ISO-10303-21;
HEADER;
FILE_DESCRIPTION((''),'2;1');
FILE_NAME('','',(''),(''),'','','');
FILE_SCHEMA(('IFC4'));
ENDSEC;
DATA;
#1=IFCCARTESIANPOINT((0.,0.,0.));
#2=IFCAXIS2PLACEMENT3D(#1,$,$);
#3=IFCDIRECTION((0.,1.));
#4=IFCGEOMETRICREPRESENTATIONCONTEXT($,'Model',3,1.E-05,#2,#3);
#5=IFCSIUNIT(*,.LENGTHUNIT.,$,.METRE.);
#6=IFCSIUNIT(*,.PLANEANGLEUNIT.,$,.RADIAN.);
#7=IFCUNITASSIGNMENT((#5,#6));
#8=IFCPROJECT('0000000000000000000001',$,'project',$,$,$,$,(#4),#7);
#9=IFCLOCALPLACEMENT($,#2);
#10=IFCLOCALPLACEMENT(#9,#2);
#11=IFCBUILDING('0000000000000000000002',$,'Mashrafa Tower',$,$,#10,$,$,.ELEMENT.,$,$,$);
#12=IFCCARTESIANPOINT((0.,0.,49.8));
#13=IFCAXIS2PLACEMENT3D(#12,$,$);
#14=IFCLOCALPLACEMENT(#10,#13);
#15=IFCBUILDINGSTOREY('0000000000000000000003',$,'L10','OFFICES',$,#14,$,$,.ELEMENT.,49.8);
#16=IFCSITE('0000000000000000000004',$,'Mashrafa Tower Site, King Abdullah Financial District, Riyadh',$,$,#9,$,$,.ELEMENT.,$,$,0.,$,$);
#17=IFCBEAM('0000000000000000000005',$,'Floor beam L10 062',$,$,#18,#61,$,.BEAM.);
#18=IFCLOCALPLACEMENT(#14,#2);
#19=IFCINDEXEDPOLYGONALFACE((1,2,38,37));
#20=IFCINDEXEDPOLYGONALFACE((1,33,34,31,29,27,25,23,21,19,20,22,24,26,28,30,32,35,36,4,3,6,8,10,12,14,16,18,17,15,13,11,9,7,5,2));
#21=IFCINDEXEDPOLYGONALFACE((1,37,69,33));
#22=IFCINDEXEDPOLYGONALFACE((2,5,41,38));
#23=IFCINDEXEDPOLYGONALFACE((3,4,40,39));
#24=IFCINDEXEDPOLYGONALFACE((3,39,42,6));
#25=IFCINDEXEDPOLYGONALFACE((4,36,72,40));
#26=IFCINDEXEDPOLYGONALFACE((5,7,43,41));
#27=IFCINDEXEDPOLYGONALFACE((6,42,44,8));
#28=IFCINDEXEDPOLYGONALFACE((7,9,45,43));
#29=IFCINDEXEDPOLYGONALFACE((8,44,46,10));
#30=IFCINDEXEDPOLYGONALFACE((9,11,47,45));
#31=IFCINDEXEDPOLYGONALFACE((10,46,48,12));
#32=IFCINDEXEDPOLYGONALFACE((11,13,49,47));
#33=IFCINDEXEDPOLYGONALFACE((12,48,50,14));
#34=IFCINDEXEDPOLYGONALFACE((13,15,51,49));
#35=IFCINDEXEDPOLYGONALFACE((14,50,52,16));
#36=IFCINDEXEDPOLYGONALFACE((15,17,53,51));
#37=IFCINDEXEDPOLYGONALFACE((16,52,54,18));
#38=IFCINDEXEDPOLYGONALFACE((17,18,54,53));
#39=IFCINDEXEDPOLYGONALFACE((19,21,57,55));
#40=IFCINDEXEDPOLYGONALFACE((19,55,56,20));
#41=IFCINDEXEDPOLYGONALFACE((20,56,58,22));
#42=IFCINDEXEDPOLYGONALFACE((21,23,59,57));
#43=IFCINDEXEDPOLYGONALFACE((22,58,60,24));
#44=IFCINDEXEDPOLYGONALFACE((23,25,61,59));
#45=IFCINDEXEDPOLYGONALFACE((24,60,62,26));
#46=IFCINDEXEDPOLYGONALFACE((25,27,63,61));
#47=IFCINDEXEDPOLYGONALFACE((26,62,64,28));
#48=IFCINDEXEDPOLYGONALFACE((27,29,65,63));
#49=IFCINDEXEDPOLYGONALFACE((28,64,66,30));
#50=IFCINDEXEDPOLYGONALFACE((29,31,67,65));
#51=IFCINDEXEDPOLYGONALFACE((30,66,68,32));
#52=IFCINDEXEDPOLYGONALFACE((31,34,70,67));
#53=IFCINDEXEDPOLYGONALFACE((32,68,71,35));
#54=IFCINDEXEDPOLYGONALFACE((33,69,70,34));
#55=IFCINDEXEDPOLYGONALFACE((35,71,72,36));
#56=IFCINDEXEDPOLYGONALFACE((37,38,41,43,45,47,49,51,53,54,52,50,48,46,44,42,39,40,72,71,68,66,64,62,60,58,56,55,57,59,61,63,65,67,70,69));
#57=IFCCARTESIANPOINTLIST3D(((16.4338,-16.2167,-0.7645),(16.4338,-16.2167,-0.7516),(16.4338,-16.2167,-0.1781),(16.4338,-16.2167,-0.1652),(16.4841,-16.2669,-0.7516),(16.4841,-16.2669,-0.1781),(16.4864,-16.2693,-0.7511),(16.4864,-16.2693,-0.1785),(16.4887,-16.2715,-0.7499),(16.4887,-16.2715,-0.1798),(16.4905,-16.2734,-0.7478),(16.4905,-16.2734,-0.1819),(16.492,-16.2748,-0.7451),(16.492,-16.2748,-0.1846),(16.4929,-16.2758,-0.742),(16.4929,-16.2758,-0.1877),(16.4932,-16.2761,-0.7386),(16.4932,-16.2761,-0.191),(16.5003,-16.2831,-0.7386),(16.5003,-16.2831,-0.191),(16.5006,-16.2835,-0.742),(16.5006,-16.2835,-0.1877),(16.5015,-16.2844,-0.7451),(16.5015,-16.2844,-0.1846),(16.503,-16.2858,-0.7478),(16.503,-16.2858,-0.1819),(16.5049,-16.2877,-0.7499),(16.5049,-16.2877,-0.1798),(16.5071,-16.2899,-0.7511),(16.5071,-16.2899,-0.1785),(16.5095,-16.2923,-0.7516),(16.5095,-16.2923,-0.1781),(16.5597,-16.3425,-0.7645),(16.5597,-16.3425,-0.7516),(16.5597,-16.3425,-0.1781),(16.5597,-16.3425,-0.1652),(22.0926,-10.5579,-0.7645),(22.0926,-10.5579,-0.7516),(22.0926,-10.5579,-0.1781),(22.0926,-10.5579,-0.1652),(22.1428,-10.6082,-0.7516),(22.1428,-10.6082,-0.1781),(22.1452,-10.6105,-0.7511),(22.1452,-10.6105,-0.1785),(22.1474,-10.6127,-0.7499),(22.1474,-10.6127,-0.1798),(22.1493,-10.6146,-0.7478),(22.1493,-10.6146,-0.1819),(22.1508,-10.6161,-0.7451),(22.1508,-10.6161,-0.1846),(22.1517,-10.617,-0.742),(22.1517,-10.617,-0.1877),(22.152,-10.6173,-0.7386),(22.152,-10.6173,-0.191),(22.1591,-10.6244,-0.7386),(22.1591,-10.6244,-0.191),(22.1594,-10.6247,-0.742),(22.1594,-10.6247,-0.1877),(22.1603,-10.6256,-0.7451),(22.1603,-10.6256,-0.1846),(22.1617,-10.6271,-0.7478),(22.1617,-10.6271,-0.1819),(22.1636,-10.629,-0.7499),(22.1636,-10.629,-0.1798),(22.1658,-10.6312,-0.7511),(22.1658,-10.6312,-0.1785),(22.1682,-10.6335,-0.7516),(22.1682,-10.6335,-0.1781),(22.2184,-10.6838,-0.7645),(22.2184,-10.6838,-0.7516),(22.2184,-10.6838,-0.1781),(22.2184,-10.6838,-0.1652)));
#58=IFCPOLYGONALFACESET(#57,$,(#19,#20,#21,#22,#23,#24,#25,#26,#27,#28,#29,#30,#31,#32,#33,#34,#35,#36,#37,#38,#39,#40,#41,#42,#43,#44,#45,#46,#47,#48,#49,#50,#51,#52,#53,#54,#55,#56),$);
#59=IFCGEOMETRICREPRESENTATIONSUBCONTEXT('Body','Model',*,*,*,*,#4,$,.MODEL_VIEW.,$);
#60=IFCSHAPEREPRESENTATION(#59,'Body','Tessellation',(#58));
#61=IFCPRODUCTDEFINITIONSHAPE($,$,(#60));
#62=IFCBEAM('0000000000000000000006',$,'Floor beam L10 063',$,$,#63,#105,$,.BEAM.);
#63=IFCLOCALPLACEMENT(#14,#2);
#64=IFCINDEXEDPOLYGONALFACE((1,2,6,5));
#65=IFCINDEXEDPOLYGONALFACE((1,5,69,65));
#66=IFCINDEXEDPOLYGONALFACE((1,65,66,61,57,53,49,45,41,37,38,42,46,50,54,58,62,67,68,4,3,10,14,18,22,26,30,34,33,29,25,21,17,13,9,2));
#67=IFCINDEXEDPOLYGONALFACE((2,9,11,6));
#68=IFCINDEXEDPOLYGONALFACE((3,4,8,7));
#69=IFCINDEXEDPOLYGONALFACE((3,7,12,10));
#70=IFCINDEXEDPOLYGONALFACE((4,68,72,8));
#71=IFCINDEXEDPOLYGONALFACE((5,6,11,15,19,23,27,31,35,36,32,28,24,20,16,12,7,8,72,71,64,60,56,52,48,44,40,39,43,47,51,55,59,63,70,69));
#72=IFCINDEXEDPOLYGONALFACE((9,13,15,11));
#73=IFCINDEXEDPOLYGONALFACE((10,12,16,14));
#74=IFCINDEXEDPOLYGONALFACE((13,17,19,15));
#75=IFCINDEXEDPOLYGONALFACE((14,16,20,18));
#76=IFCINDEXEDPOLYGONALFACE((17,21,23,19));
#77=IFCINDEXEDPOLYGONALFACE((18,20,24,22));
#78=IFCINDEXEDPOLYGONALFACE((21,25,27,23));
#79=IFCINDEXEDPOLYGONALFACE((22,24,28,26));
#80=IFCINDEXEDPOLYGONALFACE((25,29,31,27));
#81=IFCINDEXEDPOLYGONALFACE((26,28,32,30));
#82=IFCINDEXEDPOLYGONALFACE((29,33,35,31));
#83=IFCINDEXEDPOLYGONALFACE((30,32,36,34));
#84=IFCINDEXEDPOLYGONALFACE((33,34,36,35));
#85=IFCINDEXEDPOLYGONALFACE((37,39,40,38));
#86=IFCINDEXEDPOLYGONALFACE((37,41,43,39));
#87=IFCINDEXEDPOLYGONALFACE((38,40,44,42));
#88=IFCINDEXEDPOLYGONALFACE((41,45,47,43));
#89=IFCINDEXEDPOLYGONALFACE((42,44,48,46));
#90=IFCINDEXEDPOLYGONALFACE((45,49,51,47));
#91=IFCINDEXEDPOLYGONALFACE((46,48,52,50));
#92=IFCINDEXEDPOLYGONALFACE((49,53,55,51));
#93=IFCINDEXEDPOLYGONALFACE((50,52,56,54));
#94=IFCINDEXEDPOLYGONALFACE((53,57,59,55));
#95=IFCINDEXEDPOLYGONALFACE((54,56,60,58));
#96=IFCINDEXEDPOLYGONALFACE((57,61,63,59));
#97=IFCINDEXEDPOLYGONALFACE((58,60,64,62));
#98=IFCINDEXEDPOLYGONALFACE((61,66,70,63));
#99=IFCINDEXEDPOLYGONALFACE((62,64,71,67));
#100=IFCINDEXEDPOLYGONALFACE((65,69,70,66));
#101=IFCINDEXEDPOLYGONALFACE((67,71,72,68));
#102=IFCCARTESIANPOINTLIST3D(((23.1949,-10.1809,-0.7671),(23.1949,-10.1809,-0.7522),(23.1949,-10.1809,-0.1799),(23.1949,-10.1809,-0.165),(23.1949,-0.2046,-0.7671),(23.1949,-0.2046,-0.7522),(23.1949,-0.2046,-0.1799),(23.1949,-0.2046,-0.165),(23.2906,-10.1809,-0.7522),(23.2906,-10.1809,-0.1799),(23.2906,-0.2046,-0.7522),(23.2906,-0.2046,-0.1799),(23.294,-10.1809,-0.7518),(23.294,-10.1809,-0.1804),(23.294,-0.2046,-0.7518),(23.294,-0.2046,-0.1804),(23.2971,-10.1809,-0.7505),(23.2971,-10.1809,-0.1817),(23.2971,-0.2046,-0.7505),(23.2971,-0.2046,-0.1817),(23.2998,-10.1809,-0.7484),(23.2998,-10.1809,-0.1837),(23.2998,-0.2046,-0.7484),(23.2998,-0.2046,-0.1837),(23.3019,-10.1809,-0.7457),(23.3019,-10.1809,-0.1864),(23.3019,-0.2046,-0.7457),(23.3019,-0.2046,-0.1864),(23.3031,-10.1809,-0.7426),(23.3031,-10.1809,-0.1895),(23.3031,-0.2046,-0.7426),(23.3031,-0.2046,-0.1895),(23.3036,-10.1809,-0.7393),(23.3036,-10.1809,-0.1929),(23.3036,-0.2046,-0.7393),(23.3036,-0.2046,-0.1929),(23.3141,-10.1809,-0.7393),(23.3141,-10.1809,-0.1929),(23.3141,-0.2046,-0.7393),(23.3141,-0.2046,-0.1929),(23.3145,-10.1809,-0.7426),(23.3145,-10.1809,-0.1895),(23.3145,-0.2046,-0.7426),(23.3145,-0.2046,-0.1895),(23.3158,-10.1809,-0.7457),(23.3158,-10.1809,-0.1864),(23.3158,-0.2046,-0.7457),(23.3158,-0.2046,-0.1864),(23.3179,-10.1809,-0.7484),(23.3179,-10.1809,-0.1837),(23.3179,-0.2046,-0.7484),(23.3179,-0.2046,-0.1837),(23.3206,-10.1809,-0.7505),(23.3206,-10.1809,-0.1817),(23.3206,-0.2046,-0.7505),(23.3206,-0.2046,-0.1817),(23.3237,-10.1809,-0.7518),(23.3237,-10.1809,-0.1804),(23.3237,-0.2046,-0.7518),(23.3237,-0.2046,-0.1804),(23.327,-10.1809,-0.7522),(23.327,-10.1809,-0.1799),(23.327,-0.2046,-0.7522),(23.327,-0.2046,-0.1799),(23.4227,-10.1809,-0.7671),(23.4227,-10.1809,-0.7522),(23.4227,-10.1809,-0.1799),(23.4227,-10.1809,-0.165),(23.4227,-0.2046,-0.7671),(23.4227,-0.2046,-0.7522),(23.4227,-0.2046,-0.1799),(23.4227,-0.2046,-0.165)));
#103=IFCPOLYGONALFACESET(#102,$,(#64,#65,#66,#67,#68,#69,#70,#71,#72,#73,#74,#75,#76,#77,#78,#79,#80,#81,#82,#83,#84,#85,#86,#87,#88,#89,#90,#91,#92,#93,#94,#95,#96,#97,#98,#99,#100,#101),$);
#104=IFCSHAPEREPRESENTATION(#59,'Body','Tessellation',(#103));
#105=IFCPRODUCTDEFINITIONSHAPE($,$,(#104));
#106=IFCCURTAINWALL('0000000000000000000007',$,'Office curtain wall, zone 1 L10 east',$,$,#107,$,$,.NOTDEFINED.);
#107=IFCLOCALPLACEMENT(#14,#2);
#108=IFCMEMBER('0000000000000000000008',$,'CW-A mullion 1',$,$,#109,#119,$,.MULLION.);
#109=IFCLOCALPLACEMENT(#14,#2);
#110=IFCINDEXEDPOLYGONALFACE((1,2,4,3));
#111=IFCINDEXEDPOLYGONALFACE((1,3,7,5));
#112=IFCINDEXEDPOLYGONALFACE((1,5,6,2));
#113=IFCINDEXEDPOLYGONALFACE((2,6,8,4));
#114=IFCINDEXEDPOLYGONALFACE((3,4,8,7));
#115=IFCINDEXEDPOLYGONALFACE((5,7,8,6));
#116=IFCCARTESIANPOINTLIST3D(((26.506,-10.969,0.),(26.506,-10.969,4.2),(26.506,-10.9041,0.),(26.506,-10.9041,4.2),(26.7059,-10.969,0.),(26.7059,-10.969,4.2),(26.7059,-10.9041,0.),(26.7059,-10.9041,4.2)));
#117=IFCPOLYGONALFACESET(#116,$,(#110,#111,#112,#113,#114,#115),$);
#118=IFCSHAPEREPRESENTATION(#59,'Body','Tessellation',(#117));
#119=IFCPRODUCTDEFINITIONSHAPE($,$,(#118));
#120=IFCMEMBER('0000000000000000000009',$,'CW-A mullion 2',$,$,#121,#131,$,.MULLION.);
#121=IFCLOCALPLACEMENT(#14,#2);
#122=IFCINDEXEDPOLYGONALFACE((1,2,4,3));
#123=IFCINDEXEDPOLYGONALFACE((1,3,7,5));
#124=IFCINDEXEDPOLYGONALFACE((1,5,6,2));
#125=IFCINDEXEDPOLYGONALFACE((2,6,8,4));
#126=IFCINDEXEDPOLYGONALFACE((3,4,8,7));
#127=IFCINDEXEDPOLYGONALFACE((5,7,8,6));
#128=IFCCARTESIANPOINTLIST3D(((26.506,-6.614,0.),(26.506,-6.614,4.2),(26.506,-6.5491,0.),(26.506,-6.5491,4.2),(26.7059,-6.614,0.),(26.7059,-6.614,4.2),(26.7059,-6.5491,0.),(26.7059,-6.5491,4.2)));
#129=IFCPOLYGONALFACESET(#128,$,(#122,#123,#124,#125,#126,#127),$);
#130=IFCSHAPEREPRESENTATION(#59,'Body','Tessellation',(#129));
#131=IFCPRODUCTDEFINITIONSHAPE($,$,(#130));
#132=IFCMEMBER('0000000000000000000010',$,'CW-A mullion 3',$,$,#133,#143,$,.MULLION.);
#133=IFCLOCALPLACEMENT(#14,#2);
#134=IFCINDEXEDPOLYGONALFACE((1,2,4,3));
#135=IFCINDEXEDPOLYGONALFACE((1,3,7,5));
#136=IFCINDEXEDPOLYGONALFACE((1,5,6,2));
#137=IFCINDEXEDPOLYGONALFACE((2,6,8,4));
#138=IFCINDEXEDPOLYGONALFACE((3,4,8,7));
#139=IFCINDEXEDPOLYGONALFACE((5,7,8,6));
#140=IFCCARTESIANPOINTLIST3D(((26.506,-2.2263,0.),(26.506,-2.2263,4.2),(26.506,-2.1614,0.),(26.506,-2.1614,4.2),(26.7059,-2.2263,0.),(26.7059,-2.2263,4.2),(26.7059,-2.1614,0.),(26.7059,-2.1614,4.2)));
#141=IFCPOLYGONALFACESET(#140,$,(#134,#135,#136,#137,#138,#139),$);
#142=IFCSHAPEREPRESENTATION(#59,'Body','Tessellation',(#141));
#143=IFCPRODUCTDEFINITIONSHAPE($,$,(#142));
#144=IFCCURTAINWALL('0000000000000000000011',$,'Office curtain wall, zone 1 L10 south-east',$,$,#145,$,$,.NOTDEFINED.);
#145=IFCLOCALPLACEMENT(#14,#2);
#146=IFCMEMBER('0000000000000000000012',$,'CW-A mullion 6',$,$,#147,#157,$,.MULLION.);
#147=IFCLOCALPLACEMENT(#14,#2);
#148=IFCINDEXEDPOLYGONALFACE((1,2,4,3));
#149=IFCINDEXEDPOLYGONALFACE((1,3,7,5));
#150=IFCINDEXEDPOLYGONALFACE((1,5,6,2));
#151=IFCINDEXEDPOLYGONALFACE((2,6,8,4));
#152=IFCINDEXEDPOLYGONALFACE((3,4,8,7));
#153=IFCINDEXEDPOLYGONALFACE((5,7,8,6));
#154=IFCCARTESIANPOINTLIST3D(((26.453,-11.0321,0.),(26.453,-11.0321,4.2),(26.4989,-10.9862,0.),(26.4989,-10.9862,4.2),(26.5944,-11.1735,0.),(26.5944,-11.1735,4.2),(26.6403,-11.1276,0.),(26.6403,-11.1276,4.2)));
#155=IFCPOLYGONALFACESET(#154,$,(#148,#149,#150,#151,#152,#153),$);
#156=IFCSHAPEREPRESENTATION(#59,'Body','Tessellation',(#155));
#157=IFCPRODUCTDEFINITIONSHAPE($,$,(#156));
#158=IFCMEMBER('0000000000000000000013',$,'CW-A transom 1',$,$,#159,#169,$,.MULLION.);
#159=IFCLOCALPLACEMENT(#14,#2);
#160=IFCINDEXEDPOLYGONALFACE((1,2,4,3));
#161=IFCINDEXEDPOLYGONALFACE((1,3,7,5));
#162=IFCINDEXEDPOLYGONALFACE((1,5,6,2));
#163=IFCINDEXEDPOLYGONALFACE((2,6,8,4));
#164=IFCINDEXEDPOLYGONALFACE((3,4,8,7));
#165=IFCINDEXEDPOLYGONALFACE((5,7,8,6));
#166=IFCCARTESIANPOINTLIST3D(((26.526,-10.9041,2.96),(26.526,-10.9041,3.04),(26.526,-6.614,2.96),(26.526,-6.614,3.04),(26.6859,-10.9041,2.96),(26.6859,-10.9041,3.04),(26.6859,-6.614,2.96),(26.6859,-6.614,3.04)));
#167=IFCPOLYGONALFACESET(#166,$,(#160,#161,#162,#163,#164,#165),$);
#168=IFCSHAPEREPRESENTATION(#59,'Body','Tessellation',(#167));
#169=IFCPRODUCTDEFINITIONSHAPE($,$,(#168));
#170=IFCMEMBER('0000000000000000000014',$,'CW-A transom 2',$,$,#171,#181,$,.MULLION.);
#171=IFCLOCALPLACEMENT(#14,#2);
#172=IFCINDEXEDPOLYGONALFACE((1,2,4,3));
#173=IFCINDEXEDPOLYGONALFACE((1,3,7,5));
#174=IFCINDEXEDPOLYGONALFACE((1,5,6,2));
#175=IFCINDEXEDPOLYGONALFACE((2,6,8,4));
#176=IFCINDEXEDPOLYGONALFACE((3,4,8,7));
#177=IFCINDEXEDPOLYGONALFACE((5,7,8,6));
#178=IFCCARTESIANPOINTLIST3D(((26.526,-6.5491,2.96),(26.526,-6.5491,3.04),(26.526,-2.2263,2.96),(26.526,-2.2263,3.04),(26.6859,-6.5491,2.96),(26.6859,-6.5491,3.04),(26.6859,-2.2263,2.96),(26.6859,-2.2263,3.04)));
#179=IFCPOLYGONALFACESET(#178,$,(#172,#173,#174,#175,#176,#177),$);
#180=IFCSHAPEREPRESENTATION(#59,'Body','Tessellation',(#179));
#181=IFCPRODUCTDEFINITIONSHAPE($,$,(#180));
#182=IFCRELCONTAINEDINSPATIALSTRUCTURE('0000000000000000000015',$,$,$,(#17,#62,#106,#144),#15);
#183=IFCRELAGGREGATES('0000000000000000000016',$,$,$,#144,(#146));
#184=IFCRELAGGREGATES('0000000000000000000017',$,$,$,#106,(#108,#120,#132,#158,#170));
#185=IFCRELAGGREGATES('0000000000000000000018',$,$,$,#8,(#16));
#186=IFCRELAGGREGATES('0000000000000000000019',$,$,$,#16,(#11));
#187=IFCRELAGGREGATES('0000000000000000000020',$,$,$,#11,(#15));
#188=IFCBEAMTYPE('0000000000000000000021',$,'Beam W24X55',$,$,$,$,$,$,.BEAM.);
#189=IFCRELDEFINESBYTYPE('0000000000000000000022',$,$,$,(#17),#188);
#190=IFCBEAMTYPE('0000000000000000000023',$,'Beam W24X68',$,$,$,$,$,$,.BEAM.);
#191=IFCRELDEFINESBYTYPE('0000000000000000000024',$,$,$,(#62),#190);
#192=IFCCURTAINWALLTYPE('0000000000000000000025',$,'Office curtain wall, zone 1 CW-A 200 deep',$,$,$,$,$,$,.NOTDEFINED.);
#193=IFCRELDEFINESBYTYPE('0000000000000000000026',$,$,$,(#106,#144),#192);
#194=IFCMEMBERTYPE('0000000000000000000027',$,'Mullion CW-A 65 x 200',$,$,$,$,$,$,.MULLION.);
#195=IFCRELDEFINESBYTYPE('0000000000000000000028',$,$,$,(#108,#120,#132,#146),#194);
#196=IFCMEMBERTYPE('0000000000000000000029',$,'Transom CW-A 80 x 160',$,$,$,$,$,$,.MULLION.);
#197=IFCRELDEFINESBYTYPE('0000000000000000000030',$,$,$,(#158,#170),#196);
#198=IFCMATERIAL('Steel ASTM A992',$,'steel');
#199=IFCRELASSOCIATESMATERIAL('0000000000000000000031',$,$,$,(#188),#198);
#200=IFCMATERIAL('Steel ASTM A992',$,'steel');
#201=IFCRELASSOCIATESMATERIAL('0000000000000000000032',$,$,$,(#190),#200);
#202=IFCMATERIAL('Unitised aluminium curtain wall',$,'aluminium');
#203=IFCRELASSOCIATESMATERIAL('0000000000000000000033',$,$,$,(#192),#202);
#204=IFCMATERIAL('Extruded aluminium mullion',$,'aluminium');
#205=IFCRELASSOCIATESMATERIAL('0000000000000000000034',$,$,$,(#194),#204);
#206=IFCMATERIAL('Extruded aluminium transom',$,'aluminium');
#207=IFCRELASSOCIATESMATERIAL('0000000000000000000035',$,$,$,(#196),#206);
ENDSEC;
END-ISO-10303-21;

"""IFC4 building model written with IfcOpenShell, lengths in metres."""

from ifc_helpers import new_model, si_unit, direction, frame, origin, origin_2d, place, context, subcontext, project, spatial, rectangle, i_section, extrude, source, transform, mapped, material, material_profile, profile_set, type_object, type_shapes, element, aggregate, save


model = new_model("IFC4")

# Units and contexts
model_context = context("Model", 3, precision=1e-05, world=origin(), true_north=direction((0.0, 1.0)))
body_context = subcontext(model_context, "Body", "Model", "MODEL_VIEW")
ifc_project = project(units=[si_unit("LENGTHUNIT", "METRE"), si_unit("PLANEANGLEUNIT", "RADIAN")], contexts=[model_context])

# Site, building, storey
site_placement = place(None, origin())
site = spatial("IfcSite", under=ifc_project, at=site_placement, Name="Mashrafa Tower Site, King Abdullah Financial District, Riyadh", CompositionType="ELEMENT", RefElevation=0.0)
building_placement = place(site_placement, origin())
building = spatial("IfcBuilding", under=site, at=building_placement, Name="Mashrafa Tower", CompositionType="ELEMENT")
storey_placement = place(building_placement, frame((0.0, 0.0, 49.8)))
storey = spatial("IfcBuildingStorey", under=building, at=storey_placement, Name="L10", Description="OFFICES", CompositionType="ELEMENT", Elevation=49.8)

# Beams
ifc_material_1 = material(Name="Steel ASTM A992", Category="steel")
ifc_material_profile_1 = material_profile(ifc_material_1, i_section(OverallWidth=0.178, OverallDepth=0.5994, WebThickness=0.01, FlangeThickness=0.0129, FilletRadius=0.0129, at=origin_2d()), Name="W24X55")
ifc_profile_set_1 = profile_set([ifc_material_profile_1], Name="Steel ASTM A992")
beam_type_1 = type_object("IfcBeamType", Name="Beam W24X55", PredefinedType="BEAM", material=ifc_profile_set_1)
beam_1_placement = place(storey_placement, frame((22.1555, -10.6208, -0.4648), z_axis=(-0.707107, -0.707107, 0.0), x_axis=(0.707107, -0.707107, 0.0)))
element("IfcBeam", 1, at=beam_1_placement, inside=storey, type_object=beam_type_1, Name="Floor beam L10 062", PredefinedType="BEAM", context=body_context, shape_type="SweptSolid", body=[
    extrude(i_section(OverallWidth=0.178, OverallDepth=0.5994, WebThickness=0.01, FlangeThickness=0.0129, FilletRadius=0.0129, at=origin_2d()), origin(), (0.0, 0.0, 1.0), 8.0027),
])
ifc_material_2 = material(Name="Steel ASTM A992", Category="steel")
ifc_material_profile_2 = material_profile(ifc_material_2, i_section(OverallWidth=0.2278, OverallDepth=0.6021, WebThickness=0.0105, FlangeThickness=0.0149, FilletRadius=0.0129, at=origin_2d()), Name="W24X68")
ifc_profile_set_2 = profile_set([ifc_material_profile_2], Name="Steel ASTM A992")
beam_type_2 = type_object("IfcBeamType", Name="Beam W24X68", PredefinedType="BEAM", material=ifc_profile_set_2)
beam_2_placement = place(storey_placement, frame((23.3088, -0.2046, -0.4661), z_axis=(0.0, -1.0, 0.0), x_axis=(1.0, 0.0, 0.0)))
element("IfcBeam", 2, at=beam_2_placement, inside=storey, type_object=beam_type_2, Name="Floor beam L10 063", PredefinedType="BEAM", context=body_context, shape_type="SweptSolid", body=[
    extrude(i_section(OverallWidth=0.2278, OverallDepth=0.6021, WebThickness=0.0105, FlangeThickness=0.0149, FilletRadius=0.0129, at=origin_2d()), origin(), (0.0, 0.0, 1.0), 9.9763),
])

# Curtain wall, members
ifc_material_3 = material(Name="Unitised aluminium curtain wall", Category="aluminium")
curtain_wall_type = type_object("IfcCurtainWallType", Name="Office curtain wall, zone 1 CW-A 200 deep", PredefinedType="NOTDEFINED", material=ifc_material_3)
curtain_wall_1_placement = place(storey_placement, origin())
curtain_wall_1 = element("IfcCurtainWall", 3, at=curtain_wall_1_placement, inside=storey, type_object=curtain_wall_type, Name="Office curtain wall, zone 1 L10 east", PredefinedType="NOTDEFINED")
ifc_material_4 = material(Name="Extruded aluminium mullion", Category="aluminium")
ifc_material_profile_3 = material_profile(ifc_material_4, rectangle(XDim=0.2, YDim=0.0649, at=origin_2d()), Name="Mullion 65x200")
ifc_profile_set_3 = profile_set([ifc_material_profile_3], Name="Extruded aluminium mullion")
member_type_1 = type_object("IfcMemberType", Name="Mullion CW-A 65 x 200", PredefinedType="MULLION", material=ifc_profile_set_3)
shared_shape_1 = source(origin(), body_context, "Body", "SweptSolid", [
    extrude(rectangle(XDim=0.2, YDim=0.0649, at=origin_2d()), origin(), (0.0, 0.0, 1.0), 4.2),
])
type_shapes(member_type_1, [shared_shape_1])
member_1_placement = place(storey_placement, frame((26.606, -10.9365, 0.0), z_axis=(0.0, 0.0, 1.0), x_axis=(-1.0, 0.0, 0.0)))
member_1 = element("IfcMember", 4, at=member_1_placement, type_object=member_type_1, Name="CW-A mullion 1", PredefinedType="MULLION", context=body_context, shape_type="MappedRepresentation", body=[
    mapped(shared_shape_1, transform((0.0, 0.0, 0.0))),
])
member_2_placement = place(storey_placement, frame((26.606, -6.5815, 0.0), z_axis=(0.0, 0.0, 1.0), x_axis=(-1.0, 0.0, 0.0)))
member_2 = element("IfcMember", 5, at=member_2_placement, type_object=member_type_1, Name="CW-A mullion 2", PredefinedType="MULLION", context=body_context, shape_type="MappedRepresentation", body=[
    mapped(shared_shape_1, transform((0.0, 0.0, 0.0))),
])
member_3_placement = place(storey_placement, frame((26.606, -2.1938, 0.0), z_axis=(0.0, 0.0, 1.0), x_axis=(-1.0, 0.0, 0.0)))
member_3 = element("IfcMember", 6, at=member_3_placement, type_object=member_type_1, Name="CW-A mullion 3", PredefinedType="MULLION", context=body_context, shape_type="MappedRepresentation", body=[
    mapped(shared_shape_1, transform((0.0, 0.0, 0.0))),
])

# Curtain wall, member
curtain_wall_2_placement = place(storey_placement, origin())
curtain_wall_2 = element("IfcCurtainWall", 7, at=curtain_wall_2_placement, inside=storey, type_object=curtain_wall_type, Name="Office curtain wall, zone 1 L10 south-east", PredefinedType="NOTDEFINED")
member_4_placement = place(storey_placement, frame((26.5466, -11.0798, 0.0), z_axis=(0.0, 0.0, 1.0), x_axis=(-0.707107, 0.707107, 0.0)))
member_4 = element("IfcMember", 8, at=member_4_placement, type_object=member_type_1, Name="CW-A mullion 6", PredefinedType="MULLION", context=body_context, shape_type="MappedRepresentation", body=[
    mapped(shared_shape_1, transform((0.0, 0.0, 0.0))),
])
aggregate(curtain_wall_2, [member_4])

# Members
ifc_material_5 = material(Name="Extruded aluminium transom", Category="aluminium")
ifc_material_profile_4 = material_profile(ifc_material_5, rectangle(XDim=0.1599, YDim=0.0801, at=origin_2d()), Name="Transom 80x160")
ifc_profile_set_4 = profile_set([ifc_material_profile_4], Name="Extruded aluminium transom")
member_type_2 = type_object("IfcMemberType", Name="Transom CW-A 80 x 160", PredefinedType="MULLION", material=ifc_profile_set_4)
shared_shape_2 = source(origin(), body_context, "Body", "SweptSolid", [
    extrude(rectangle(XDim=0.1599, YDim=0.0801, at=origin_2d()), origin(), (0.0, 0.0, 1.0), 4.29),
])
member_5_placement = place(storey_placement, frame((26.606, -10.9041, 3.0), z_axis=(0.0, 1.0, 0.0), x_axis=(-1.0, 0.0, 0.0)))
member_5 = element("IfcMember", 9, at=member_5_placement, type_object=member_type_2, Name="CW-A transom 1", PredefinedType="MULLION", context=body_context, shape_type="MappedRepresentation", body=[
    mapped(shared_shape_2, transform((0.0, 0.0, 0.0))),
])
shared_shape_3 = source(origin(), body_context, "Body", "SweptSolid", [
    extrude(rectangle(XDim=0.1599, YDim=0.0801, at=origin_2d()), origin(), (0.0, 0.0, 1.0), 4.3228),
])
type_shapes(member_type_2, [shared_shape_2, shared_shape_3])
member_6_placement = place(storey_placement, frame((26.606, -6.5491, 3.0), z_axis=(0.0, 1.0, 0.0), x_axis=(-1.0, 0.0, 0.0)))
member_6 = element("IfcMember", 10, at=member_6_placement, type_object=member_type_2, Name="CW-A transom 2", PredefinedType="MULLION", context=body_context, shape_type="MappedRepresentation", body=[
    mapped(shared_shape_3, transform((0.0, 0.0, 0.0))),
])

aggregate(curtain_wall_1, [member_1, member_2, member_3, member_5, member_6])

save(model, "model.ifc")
